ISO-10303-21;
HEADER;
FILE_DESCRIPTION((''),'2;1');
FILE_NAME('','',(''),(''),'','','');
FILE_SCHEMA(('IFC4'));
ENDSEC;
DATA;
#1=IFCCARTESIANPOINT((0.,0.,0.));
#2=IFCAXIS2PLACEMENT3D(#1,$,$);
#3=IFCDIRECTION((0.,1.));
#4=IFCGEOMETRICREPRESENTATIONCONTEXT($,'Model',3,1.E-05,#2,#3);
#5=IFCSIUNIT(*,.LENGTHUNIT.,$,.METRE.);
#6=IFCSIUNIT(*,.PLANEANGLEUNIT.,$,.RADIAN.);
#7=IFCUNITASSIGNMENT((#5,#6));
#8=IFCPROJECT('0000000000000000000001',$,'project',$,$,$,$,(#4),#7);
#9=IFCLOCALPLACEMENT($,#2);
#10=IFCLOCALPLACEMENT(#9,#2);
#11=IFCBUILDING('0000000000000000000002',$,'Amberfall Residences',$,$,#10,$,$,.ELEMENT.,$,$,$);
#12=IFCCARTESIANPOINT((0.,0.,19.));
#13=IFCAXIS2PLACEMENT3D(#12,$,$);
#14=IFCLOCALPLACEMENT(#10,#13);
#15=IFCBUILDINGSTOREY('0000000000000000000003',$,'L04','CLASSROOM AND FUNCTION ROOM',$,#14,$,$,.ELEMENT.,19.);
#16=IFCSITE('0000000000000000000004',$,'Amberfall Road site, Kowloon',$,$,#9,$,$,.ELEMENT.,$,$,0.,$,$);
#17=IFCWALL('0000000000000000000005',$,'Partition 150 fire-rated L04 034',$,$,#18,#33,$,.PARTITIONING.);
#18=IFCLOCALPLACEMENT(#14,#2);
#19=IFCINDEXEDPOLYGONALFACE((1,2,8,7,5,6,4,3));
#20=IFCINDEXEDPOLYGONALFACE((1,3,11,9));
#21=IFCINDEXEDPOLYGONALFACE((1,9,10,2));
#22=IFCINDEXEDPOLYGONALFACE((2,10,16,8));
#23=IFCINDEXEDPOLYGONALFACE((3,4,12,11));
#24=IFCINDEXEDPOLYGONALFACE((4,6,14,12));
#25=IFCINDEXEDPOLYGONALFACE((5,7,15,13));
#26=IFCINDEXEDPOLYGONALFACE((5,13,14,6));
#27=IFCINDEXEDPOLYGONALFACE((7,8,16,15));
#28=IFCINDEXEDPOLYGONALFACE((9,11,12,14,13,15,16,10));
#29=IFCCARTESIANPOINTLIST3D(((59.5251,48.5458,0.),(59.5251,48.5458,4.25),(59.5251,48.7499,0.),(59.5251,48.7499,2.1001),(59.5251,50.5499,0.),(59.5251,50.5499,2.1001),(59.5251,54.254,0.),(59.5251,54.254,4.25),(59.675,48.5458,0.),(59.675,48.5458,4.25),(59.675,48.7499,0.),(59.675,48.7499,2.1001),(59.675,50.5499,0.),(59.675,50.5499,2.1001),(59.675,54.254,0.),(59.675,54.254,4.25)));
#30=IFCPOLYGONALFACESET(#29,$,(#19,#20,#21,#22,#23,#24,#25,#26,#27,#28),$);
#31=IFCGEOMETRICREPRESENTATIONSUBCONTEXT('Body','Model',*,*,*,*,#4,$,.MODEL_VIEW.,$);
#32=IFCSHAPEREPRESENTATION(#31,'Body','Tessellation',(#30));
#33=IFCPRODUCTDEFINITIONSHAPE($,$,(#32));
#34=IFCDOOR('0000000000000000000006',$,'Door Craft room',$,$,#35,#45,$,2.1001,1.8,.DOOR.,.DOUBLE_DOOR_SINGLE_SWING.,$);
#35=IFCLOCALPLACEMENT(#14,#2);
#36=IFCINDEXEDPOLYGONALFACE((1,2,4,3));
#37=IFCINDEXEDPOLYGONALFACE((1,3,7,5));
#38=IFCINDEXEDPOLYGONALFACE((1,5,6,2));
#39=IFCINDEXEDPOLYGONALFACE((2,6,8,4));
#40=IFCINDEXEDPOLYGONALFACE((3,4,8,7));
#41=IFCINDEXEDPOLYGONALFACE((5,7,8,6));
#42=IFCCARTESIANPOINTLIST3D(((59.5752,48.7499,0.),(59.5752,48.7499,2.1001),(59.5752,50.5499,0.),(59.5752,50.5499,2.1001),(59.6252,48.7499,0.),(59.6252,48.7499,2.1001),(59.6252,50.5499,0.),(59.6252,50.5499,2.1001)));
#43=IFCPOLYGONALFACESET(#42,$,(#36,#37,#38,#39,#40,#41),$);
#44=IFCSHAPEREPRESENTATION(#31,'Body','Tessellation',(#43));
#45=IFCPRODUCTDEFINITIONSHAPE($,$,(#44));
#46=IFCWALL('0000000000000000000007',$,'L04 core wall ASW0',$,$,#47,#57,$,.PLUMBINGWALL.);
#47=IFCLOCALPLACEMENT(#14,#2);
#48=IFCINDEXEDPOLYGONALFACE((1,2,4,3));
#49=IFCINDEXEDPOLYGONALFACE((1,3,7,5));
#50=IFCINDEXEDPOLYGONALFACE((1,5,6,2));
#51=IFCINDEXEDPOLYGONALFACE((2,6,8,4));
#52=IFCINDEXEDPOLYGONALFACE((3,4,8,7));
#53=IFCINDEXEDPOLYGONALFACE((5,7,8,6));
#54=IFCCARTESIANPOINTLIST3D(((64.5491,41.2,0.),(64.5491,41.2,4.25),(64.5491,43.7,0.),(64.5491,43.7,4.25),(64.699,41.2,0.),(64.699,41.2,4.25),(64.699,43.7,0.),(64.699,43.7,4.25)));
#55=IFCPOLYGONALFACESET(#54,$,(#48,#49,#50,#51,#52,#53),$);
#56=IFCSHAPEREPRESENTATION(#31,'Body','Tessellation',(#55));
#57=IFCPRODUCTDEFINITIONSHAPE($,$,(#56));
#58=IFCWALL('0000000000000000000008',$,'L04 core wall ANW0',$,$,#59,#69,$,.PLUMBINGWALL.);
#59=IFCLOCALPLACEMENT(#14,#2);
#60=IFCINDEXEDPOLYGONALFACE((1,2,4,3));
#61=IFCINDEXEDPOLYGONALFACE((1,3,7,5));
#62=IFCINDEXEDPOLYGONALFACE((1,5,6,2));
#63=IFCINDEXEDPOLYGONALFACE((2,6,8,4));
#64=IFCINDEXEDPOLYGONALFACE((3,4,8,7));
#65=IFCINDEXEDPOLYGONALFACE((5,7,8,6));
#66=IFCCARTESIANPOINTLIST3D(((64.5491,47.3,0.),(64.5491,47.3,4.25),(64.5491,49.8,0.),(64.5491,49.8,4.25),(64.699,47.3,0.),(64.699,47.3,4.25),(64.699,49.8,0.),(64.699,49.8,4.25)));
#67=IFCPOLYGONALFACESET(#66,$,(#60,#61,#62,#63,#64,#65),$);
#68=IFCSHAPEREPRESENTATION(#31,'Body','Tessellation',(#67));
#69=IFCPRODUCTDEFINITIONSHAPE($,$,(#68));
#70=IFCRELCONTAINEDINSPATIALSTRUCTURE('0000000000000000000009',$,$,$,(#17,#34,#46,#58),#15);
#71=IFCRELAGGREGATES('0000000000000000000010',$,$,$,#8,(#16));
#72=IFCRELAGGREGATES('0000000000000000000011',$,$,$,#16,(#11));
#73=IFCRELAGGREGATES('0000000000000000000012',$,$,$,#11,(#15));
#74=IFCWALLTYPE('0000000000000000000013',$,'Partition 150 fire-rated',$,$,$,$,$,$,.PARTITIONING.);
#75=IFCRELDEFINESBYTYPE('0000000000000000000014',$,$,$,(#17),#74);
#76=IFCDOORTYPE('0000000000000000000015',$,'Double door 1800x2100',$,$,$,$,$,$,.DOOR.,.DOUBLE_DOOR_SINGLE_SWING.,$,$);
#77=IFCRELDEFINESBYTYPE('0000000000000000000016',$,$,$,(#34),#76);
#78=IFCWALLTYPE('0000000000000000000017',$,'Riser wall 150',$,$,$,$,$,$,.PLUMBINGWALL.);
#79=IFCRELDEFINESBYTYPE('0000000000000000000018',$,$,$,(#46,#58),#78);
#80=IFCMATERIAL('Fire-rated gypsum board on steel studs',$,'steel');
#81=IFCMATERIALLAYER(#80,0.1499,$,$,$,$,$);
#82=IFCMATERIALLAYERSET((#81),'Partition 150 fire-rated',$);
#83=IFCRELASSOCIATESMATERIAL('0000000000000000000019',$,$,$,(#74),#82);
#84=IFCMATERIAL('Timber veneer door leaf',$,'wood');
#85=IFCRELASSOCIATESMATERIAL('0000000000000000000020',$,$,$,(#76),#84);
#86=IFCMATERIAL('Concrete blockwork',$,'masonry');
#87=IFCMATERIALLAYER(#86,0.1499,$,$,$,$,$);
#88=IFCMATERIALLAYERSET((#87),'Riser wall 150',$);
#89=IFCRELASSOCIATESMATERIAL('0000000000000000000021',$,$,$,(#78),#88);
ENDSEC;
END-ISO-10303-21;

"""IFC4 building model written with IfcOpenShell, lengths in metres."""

from ifc_helpers import new_model, si_unit, direction, frame, frame_2d, origin, place, context, subcontext, project, spatial, rectangle, extrude, material, layer, layer_set, type_object, element, fill, save


model = new_model("IFC4")

# Units and contexts
model_context = context("Model", 3, precision=1e-05, world=origin(), true_north=direction((0.0, 1.0)))
body_context = subcontext(model_context, "Body", "Model", "MODEL_VIEW")
ifc_project = project(units=[si_unit("LENGTHUNIT", "METRE"), si_unit("PLANEANGLEUNIT", "RADIAN")], contexts=[model_context])

# Site, building, storey
site_placement = place(None, origin())
site = spatial("IfcSite", under=ifc_project, at=site_placement, Name="Amberfall Road site, Kowloon", CompositionType="ELEMENT", RefElevation=0.0)
building_placement = place(site_placement, origin())
building = spatial("IfcBuilding", under=site, at=building_placement, Name="Amberfall Residences", CompositionType="ELEMENT")
storey_placement = place(building_placement, frame((0.0, 0.0, 19.0)))
storey = spatial("IfcBuildingStorey", under=building, at=storey_placement, Name="L04", Description="CLASSROOM AND FUNCTION ROOM", CompositionType="ELEMENT", Elevation=19.0)

# Shared definitions
ifc_material_1 = material(Name="Fire-rated gypsum board on steel studs", Category="steel")
ifc_layer_1 = layer(ifc_material_1, 0.1499)
ifc_layer_set_1 = layer_set([ifc_layer_1], Name="Partition 150 fire-rated")
wall_type_1 = type_object("IfcWallType", Name="Partition 150 fire-rated", PredefinedType="PARTITIONING", material=ifc_layer_set_1)

# Wall, opening, door
wall_1_placement = place(storey_placement, frame((59.6001, 48.5459, 0.0), z_axis=(0.0, 0.0, 1.0), x_axis=(0.0, 1.0, 0.0)))
wall_1 = element("IfcWall", 1, at=wall_1_placement, inside=storey, type_object=wall_type_1, Name="Partition 150 fire-rated L04 034", PredefinedType="PARTITIONING", context=body_context, shape_type="SweptSolid", body=[
    extrude(rectangle(XDim=5.7083, YDim=0.1499, at=frame_2d((2.854, 0.0))), origin(), (0.0, 0.0, 1.0), 4.25),
])
opening_1_placement = place(wall_1_placement, frame((0.2041, 0.0, 0.0)))
opening_1 = element("IfcOpeningElement", 2, at=opening_1_placement, cuts=wall_1, PredefinedType="OPENING", context=body_context, shape_type="SweptSolid", body=[
    extrude(rectangle(XDim=1.8, YDim=2.1001, at=frame_2d((0.8999, 1.05))), frame((0.0, 0.085, 0.0), z_axis=(0.0, -1.0, 0.0), x_axis=(1.0, 0.0, 0.0)), (0.0, 0.0, 1.0), 0.1699),
])
ifc_material_2 = material(Name="Timber veneer door leaf", Category="wood")
door_type_1 = type_object("IfcDoorType", Name="Double door 1800x2100", OperationType="DOUBLE_DOOR_SINGLE_SWING", PredefinedType="DOOR", material=ifc_material_2)
door_1_placement = place(opening_1_placement, origin())
door_1 = element("IfcDoor", 3, at=door_1_placement, inside=storey, type_object=door_type_1, Name="Door Craft room", OperationType="DOUBLE_DOOR_SINGLE_SWING", OverallHeight=2.1001, OverallWidth=1.8, PredefinedType="DOOR", context=body_context, shape_type="SweptSolid", body=[
    extrude(rectangle(XDim=1.8, YDim=2.1001, at=frame_2d((0.8999, 1.05))), frame((0.0, 0.0249, 0.0), z_axis=(0.0, -1.0, 0.0), x_axis=(1.0, 0.0, 0.0)), (0.0, 0.0, 1.0), 0.05),
])
fill(opening_1, door_1)

# Walls
ifc_material_3 = material(Name="Concrete blockwork", Category="masonry")
ifc_layer_2 = layer(ifc_material_3, 0.1499)
ifc_layer_set_2 = layer_set([ifc_layer_2], Name="Riser wall 150")
wall_type_2 = type_object("IfcWallType", Name="Riser wall 150", PredefinedType="PLUMBINGWALL", material=ifc_layer_set_2)
for number, where, z_axis, x_axis, name in (
    (4, (64.624, 41.2, 0.0), (0.0, 0.0, 1.0), (0.0, 1.0, 0.0), "L04 core wall ASW0"),
    (5, (64.624, 47.3, 0.0), (0.0, 0.0, 1.0), (0.0, 1.0, 0.0), "L04 core wall ANW0"),
):
    element("IfcWall", number, at=place(storey_placement, frame(where, z_axis=z_axis, x_axis=x_axis)), inside=storey, type_object=wall_type_2, Name=name, PredefinedType="PLUMBINGWALL", context=body_context, shape_type="SweptSolid", body=[
        extrude(rectangle(XDim=2.5, YDim=0.1499, at=frame_2d((1.25, 0.0))), origin(), (0.0, 0.0, 1.0), 4.25),
    ])

save(model, "model.ifc")
